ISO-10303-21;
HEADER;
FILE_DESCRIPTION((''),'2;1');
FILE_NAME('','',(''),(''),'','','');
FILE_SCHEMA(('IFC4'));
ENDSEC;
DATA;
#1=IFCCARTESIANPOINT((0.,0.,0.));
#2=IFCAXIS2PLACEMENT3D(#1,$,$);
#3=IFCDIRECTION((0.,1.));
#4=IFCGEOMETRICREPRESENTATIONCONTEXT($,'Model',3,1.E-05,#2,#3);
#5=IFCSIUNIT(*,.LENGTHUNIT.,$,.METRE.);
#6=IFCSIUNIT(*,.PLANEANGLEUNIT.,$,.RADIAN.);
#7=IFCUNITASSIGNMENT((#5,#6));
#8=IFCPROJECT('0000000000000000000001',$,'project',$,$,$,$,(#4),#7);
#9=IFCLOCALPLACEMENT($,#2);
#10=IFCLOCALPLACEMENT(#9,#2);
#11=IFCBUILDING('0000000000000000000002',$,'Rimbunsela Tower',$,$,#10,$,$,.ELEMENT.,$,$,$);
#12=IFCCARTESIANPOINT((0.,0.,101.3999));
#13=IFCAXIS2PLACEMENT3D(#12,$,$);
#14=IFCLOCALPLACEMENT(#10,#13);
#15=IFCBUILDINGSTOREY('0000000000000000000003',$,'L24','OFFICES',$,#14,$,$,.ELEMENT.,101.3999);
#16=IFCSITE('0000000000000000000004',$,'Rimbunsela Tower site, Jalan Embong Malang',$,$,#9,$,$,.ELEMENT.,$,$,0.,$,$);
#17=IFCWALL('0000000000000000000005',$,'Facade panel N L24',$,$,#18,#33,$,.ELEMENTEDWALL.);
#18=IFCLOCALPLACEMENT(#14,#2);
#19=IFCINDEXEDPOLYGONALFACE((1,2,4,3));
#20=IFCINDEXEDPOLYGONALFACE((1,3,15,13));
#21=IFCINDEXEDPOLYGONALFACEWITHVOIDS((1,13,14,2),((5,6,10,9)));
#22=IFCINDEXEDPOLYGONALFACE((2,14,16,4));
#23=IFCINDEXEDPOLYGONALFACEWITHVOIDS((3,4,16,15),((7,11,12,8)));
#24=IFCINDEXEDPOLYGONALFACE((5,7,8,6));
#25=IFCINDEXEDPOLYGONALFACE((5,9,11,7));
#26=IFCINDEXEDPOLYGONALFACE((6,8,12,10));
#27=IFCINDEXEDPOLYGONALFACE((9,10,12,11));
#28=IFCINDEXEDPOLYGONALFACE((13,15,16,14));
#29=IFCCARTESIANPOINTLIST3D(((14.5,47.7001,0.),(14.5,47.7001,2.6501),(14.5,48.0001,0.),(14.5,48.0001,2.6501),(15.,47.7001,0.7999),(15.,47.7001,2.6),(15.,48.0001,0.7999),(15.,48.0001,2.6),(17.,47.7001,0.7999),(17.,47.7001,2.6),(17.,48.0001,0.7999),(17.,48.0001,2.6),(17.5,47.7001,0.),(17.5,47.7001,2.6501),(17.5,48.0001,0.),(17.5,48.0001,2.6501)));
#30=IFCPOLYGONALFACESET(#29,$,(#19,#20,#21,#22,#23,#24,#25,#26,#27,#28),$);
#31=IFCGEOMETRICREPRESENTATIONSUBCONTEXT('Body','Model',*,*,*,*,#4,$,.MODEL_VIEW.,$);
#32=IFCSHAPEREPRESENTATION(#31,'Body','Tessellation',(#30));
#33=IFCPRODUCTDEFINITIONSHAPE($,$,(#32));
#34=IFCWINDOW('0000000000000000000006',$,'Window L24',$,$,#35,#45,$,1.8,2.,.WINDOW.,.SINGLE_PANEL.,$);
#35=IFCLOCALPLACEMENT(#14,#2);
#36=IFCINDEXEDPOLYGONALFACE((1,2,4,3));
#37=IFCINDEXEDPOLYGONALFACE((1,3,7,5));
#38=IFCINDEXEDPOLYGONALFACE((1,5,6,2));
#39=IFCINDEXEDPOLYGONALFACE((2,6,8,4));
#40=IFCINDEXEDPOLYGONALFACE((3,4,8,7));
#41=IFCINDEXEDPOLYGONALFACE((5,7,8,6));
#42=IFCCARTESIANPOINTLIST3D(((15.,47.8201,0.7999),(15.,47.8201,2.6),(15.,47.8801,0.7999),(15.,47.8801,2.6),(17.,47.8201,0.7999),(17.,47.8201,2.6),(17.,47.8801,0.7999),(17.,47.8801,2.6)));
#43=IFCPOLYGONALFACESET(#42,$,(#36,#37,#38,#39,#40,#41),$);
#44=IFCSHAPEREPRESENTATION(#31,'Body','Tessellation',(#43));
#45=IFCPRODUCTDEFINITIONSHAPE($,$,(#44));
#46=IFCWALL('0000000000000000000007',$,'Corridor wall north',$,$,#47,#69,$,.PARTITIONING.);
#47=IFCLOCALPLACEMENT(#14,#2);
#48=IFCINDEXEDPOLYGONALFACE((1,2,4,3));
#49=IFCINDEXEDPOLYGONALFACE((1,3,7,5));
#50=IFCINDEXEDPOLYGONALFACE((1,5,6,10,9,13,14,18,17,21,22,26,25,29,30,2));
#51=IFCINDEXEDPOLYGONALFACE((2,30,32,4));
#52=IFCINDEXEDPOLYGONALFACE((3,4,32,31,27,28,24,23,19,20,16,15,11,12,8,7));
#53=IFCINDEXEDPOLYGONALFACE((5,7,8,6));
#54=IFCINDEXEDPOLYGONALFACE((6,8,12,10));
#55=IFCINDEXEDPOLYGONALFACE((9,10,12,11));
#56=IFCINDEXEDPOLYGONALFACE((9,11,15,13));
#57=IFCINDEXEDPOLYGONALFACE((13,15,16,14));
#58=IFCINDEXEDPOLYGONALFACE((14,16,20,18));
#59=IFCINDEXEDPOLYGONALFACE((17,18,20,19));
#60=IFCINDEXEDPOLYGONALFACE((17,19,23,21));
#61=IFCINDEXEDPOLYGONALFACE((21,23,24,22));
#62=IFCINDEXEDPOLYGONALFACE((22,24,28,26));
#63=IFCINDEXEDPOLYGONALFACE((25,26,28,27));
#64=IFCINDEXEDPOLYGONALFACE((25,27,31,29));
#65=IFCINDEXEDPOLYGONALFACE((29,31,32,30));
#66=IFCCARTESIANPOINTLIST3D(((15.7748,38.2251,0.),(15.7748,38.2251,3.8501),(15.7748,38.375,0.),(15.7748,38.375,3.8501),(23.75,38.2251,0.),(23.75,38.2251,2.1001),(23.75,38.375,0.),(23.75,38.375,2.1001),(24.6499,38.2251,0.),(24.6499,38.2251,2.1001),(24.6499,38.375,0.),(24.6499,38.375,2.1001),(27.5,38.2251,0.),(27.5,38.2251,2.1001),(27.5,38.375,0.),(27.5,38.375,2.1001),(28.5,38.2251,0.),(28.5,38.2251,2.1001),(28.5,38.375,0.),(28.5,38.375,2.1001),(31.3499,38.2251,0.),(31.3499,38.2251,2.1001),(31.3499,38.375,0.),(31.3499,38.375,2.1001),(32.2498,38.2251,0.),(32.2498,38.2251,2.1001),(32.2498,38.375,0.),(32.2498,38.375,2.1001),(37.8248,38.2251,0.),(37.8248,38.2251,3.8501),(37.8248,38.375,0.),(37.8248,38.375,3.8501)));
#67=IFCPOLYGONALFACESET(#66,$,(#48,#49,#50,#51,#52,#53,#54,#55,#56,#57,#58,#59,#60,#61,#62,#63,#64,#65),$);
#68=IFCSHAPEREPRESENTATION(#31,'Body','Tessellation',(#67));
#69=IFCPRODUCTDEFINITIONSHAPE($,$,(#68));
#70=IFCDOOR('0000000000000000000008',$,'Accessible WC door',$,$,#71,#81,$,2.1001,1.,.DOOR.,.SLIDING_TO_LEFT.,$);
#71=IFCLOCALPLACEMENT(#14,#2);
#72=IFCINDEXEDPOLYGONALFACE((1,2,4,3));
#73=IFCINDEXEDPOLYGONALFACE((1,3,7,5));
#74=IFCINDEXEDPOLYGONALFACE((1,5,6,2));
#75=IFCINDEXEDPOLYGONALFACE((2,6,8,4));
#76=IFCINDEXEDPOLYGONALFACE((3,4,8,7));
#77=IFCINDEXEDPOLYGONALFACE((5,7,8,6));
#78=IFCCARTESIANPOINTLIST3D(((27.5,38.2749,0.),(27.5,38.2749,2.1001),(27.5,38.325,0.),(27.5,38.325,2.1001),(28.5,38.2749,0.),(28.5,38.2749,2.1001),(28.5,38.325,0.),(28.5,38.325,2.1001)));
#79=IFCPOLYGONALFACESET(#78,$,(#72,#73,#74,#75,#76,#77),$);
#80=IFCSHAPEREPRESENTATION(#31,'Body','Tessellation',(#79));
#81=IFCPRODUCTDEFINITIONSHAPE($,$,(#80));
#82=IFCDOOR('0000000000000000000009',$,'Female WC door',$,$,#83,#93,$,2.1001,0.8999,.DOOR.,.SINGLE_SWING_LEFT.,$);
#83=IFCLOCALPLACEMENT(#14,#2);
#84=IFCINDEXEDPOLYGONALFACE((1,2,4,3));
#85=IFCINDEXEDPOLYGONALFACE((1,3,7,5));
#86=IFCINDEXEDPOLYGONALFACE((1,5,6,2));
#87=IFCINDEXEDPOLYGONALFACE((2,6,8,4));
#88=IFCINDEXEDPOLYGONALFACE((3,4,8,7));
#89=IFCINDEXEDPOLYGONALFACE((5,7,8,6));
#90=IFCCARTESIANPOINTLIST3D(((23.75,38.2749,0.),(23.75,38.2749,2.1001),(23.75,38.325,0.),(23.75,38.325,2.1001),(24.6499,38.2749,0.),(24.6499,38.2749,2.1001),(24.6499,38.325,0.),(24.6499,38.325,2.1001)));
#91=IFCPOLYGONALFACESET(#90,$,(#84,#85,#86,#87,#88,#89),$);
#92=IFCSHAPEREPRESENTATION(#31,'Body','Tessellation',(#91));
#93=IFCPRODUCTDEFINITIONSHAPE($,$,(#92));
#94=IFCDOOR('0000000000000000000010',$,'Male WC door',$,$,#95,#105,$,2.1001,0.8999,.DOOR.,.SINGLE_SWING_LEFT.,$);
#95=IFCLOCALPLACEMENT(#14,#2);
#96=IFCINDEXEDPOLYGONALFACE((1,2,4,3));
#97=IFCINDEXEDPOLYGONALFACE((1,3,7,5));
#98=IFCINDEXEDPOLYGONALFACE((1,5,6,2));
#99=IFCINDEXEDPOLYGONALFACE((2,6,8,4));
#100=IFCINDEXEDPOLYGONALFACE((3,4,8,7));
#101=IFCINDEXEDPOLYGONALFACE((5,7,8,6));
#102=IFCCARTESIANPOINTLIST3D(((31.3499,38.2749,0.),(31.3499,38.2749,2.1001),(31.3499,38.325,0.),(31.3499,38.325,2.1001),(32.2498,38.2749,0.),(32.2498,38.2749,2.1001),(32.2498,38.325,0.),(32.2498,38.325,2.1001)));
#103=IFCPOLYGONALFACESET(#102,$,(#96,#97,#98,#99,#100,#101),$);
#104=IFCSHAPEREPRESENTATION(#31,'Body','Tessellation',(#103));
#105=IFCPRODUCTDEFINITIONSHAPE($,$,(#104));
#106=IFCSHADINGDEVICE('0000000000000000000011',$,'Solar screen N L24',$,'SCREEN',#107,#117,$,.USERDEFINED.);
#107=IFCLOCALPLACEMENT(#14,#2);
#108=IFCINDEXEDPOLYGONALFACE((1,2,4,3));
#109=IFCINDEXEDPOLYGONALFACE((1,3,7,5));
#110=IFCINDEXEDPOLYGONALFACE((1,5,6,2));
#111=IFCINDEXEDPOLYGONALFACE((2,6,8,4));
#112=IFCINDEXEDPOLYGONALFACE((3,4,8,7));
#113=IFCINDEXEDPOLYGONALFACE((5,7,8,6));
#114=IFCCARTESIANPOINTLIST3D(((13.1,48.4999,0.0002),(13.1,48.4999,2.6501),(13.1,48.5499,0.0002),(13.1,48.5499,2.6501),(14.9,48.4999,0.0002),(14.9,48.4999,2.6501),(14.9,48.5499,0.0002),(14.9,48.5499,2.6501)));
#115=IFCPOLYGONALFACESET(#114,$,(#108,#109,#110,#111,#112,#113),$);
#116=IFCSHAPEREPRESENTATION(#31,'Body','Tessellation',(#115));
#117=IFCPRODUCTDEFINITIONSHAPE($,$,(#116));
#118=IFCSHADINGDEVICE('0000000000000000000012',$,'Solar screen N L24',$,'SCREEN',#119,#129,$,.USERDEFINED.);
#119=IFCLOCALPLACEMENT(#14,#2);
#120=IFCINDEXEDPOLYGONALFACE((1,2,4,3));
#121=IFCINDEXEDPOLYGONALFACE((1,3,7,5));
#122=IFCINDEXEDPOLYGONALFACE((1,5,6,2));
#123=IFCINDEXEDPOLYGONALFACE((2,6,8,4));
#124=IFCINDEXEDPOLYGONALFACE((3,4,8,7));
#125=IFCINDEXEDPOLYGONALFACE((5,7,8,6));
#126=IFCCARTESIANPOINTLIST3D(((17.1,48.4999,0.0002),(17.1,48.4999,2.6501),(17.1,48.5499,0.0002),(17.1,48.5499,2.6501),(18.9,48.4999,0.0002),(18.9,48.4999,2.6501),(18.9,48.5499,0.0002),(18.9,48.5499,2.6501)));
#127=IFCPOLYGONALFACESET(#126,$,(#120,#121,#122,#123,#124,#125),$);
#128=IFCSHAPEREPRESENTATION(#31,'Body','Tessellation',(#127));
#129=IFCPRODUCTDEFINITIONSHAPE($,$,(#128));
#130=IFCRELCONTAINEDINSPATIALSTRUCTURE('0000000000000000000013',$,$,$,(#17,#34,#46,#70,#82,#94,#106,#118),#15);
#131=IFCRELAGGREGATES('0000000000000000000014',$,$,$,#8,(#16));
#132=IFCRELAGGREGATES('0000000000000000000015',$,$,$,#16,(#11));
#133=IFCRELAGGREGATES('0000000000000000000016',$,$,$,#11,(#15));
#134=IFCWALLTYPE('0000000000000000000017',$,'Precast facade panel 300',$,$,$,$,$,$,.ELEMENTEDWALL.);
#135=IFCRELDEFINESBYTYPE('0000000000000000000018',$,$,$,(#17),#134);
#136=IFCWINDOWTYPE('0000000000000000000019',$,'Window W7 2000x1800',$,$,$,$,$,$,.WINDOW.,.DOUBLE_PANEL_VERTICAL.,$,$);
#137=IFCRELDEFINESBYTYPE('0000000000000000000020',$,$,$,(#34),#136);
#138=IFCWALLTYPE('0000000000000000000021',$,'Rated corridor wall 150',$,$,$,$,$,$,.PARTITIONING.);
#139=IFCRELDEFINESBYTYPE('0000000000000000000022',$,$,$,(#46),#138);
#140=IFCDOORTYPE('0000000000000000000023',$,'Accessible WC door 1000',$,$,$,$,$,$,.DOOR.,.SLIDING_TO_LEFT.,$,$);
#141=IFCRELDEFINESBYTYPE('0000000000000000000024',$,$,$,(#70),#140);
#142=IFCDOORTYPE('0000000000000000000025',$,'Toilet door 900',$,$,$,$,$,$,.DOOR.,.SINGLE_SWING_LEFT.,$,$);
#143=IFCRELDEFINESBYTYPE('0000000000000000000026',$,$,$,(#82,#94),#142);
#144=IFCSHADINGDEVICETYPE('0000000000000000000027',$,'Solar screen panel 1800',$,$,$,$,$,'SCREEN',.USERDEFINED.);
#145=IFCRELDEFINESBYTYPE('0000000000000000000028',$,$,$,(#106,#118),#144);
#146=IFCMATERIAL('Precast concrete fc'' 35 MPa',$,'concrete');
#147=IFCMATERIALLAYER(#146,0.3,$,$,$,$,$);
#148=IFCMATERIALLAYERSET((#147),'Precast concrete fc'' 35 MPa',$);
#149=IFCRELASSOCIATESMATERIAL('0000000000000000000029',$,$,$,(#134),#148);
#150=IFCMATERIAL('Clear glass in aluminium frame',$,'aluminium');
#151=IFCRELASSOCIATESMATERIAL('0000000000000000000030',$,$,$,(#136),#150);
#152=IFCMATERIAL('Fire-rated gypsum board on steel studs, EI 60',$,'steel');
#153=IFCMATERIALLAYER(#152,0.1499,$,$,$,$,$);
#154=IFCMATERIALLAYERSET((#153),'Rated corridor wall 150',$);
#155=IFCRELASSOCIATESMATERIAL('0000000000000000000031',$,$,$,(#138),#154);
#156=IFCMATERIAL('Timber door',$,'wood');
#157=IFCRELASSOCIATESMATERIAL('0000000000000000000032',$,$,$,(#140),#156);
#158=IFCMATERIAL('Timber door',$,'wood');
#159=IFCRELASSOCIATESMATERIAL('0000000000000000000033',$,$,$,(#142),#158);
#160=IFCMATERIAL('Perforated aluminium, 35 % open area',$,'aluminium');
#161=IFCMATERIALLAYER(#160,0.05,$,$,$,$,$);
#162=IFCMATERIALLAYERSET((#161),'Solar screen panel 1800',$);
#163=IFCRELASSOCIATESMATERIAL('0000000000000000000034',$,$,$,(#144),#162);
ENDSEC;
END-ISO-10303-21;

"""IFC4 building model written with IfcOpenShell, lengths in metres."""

from ifc_helpers import new_model, si_unit, direction, frame, frame_2d, origin, origin_2d, place, context, subcontext, project, spatial, rectangle, extrude, material, layer, layer_set, type_object, element, fill, save


model = new_model("IFC4")

# Units and contexts
model_context = context("Model", 3, precision=1e-05, world=origin(), true_north=direction((0.0, 1.0)))
body_context = subcontext(model_context, "Body", "Model", "MODEL_VIEW")
ifc_project = project(units=[si_unit("LENGTHUNIT", "METRE"), si_unit("PLANEANGLEUNIT", "RADIAN")], contexts=[model_context])

# Site, building, storey
site_placement = place(None, origin())
site = spatial("IfcSite", under=ifc_project, at=site_placement, Name="Rimbunsela Tower site, Jalan Embong Malang", CompositionType="ELEMENT", RefElevation=0.0)
building_placement = place(site_placement, origin())
building = spatial("IfcBuilding", under=site, at=building_placement, Name="Rimbunsela Tower", CompositionType="ELEMENT")
storey_placement = place(building_placement, frame((0.0, 0.0, 101.3999)))
storey = spatial("IfcBuildingStorey", under=building, at=storey_placement, Name="L24", Description="OFFICES", CompositionType="ELEMENT", Elevation=101.3999)

# Shared definitions
ifc_material_1 = material(Name="Precast concrete fc' 35 MPa", Category="concrete")
ifc_layer_1 = layer(ifc_material_1, 0.3)
ifc_layer_set_1 = layer_set([ifc_layer_1], Name="Precast concrete fc' 35 MPa")
wall_type_1 = type_object("IfcWallType", Name="Precast facade panel 300", PredefinedType="ELEMENTEDWALL", material=ifc_layer_set_1)

# Wall, opening, window
wall_1_placement = place(storey_placement, frame((17.5, 47.8501, 0.0), z_axis=(0.0, 0.0, 1.0), x_axis=(-1.0, 0.0, 0.0)))
wall_1 = element("IfcWall", 1, at=wall_1_placement, inside=storey, type_object=wall_type_1, Name="Facade panel N L24", PredefinedType="ELEMENTEDWALL", context=body_context, shape_type="SweptSolid", body=[
    extrude(rectangle(XDim=3.0, YDim=0.3, at=frame_2d((1.5, 0.0))), origin(), (0.0, 0.0, 1.0), 2.6501),
])
opening_1_placement = place(wall_1_placement, frame((0.5, 0.0, 0.8)))
opening_1 = element("IfcOpeningElement", 2, at=opening_1_placement, cuts=wall_1, PredefinedType="OPENING", context=body_context, shape_type="SweptSolid", body=[
    extrude(rectangle(XDim=2.0, YDim=1.8, at=frame_2d((1.0, 0.8999))), frame((0.0, 0.1599, 0.0), z_axis=(0.0, -1.0, 0.0), x_axis=(1.0, 0.0, 0.0)), (0.0, 0.0, 1.0), 0.3201),
])
ifc_material_2 = material(Name="Clear glass in aluminium frame", Category="aluminium")
window_type = type_object("IfcWindowType", Name="Window W7 2000x1800", PartitioningType="DOUBLE_PANEL_VERTICAL", PredefinedType="WINDOW", material=ifc_material_2)
window_placement = place(opening_1_placement, origin())
window = element("IfcWindow", 3, at=window_placement, inside=storey, type_object=window_type, Name="Window L24", OverallHeight=1.8, OverallWidth=2.0, PartitioningType="SINGLE_PANEL", PredefinedType="WINDOW", context=body_context, shape_type="SweptSolid", body=[
    extrude(rectangle(XDim=2.0, YDim=1.8, at=frame_2d((1.0, 0.8999))), frame((0.0, 0.03, 0.0), z_axis=(0.0, -1.0, 0.0), x_axis=(1.0, 0.0, 0.0)), (0.0, 0.0, 1.0), 0.0601),
])
fill(opening_1, window)

# Wall, openings, doors
ifc_material_3 = material(Name="Fire-rated gypsum board on steel studs, EI 60", Category="steel")
ifc_layer_2 = layer(ifc_material_3, 0.1499)
ifc_layer_set_2 = layer_set([ifc_layer_2], Name="Rated corridor wall 150")
wall_type_2 = type_object("IfcWallType", Name="Rated corridor wall 150", PredefinedType="PARTITIONING", material=ifc_layer_set_2)
wall_2_placement = place(storey_placement, frame((15.7749, 38.3, 0.0), z_axis=(0.0, 0.0, 1.0), x_axis=(1.0, 0.0, 0.0)))
wall_2 = element("IfcWall", 4, at=wall_2_placement, inside=storey, type_object=wall_type_2, Name="Corridor wall north", PredefinedType="PARTITIONING", context=body_context, shape_type="SweptSolid", body=[
    extrude(rectangle(XDim=22.05, YDim=0.1499, at=frame_2d((11.0249, 0.0))), origin(), (0.0, 0.0, 1.0), 3.8501),
])
opening_2_placement = place(wall_2_placement, frame((7.9751, 0.0, 0.0)))
opening_2 = element("IfcOpeningElement", 5, at=opening_2_placement, cuts=wall_2, PredefinedType="OPENING", context=body_context, shape_type="SweptSolid", body=[
    extrude(rectangle(XDim=0.8999, YDim=2.1001, at=frame_2d((0.45, 1.05))), frame((0.0, 0.085, 0.0), z_axis=(0.0, -1.0, 0.0), x_axis=(1.0, 0.0, 0.0)), (0.0, 0.0, 1.0), 0.1699),
])
opening_3_placement = place(wall_2_placement, frame((11.7251, 0.0, 0.0)))
opening_3 = element("IfcOpeningElement", 6, at=opening_3_placement, cuts=wall_2, PredefinedType="OPENING", context=body_context, shape_type="SweptSolid", body=[
    extrude(rectangle(XDim=1.0, YDim=2.1001, at=frame_2d((0.5, 1.05))), frame((0.0, 0.085, 0.0), z_axis=(0.0, -1.0, 0.0), x_axis=(1.0, 0.0, 0.0)), (0.0, 0.0, 1.0), 0.1699),
])
opening_4_placement = place(wall_2_placement, frame((15.575, 0.0, 0.0)))
opening_4 = element("IfcOpeningElement", 7, at=opening_4_placement, cuts=wall_2, PredefinedType="OPENING", context=body_context, shape_type="SweptSolid", body=[
    extrude(rectangle(XDim=0.8999, YDim=2.1001, at=frame_2d((0.45, 1.05))), frame((0.0, 0.085, 0.0), z_axis=(0.0, -1.0, 0.0), x_axis=(1.0, 0.0, 0.0)), (0.0, 0.0, 1.0), 0.1699),
])
ifc_material_4 = material(Name="Timber door", Category="wood")
door_type_1 = type_object("IfcDoorType", Name="Accessible WC door 1000", OperationType="SLIDING_TO_LEFT", PredefinedType="DOOR", material=ifc_material_4)
door_1_placement = place(opening_3_placement, origin())
door_1 = element("IfcDoor", 8, at=door_1_placement, inside=storey, type_object=door_type_1, Name="Accessible WC door", OperationType="SLIDING_TO_LEFT", OverallHeight=2.1001, OverallWidth=1.0, PredefinedType="DOOR", context=body_context, shape_type="SweptSolid", body=[
    extrude(rectangle(XDim=1.0, YDim=2.1001, at=frame_2d((0.5, 1.05))), frame((0.0, 0.0249, 0.0), z_axis=(0.0, -1.0, 0.0), x_axis=(1.0, 0.0, 0.0)), (0.0, 0.0, 1.0), 0.05),
])
fill(opening_3, door_1)
ifc_material_5 = material(Name="Timber door", Category="wood")
door_type_2 = type_object("IfcDoorType", Name="Toilet door 900", OperationType="SINGLE_SWING_LEFT", PredefinedType="DOOR", material=ifc_material_5)
door_2_placement = place(opening_2_placement, origin())
door_2 = element("IfcDoor", 9, at=door_2_placement, inside=storey, type_object=door_type_2, Name="Female WC door", OperationType="SINGLE_SWING_LEFT", OverallHeight=2.1001, OverallWidth=0.8999, PredefinedType="DOOR", context=body_context, shape_type="SweptSolid", body=[
    extrude(rectangle(XDim=0.8999, YDim=2.1001, at=frame_2d((0.45, 1.05))), frame((0.0, 0.0249, 0.0), z_axis=(0.0, -1.0, 0.0), x_axis=(1.0, 0.0, 0.0)), (0.0, 0.0, 1.0), 0.05),
])
fill(opening_2, door_2)
door_3_placement = place(opening_4_placement, origin())
door_3 = element("IfcDoor", 10, at=door_3_placement, inside=storey, type_object=door_type_2, Name="Male WC door", OperationType="SINGLE_SWING_LEFT", OverallHeight=2.1001, OverallWidth=0.8999, PredefinedType="DOOR", context=body_context, shape_type="SweptSolid", body=[
    extrude(rectangle(XDim=0.8999, YDim=2.1001, at=frame_2d((0.45, 1.05))), frame((0.0, 0.0249, 0.0), z_axis=(0.0, -1.0, 0.0), x_axis=(1.0, 0.0, 0.0)), (0.0, 0.0, 1.0), 0.05),
])
fill(opening_4, door_3)

# Shading devices
ifc_material_6 = material(Name="Perforated aluminium, 35 % open area", Category="aluminium")
ifc_layer_3 = layer(ifc_material_6, 0.05)
ifc_layer_set_3 = layer_set([ifc_layer_3], Name="Solar screen panel 1800")
shading_device_type = type_object("IfcShadingDeviceType", Name="Solar screen panel 1800", ElementType="SCREEN", PredefinedType="USERDEFINED", material=ifc_layer_set_3)
for number, where, z_axis, x_axis, name in (
    (11, (14.0, 48.5249, 0.0002), (0.0, 0.0, 1.0), (1.0, 0.0, 0.0), "Solar screen N L24"),
    (12, (18.0, 48.5249, 0.0002), (0.0, 0.0, 1.0), (1.0, 0.0, 0.0), "Solar screen N L24"),
):
    element("IfcShadingDevice", number, at=place(storey_placement, frame(where, z_axis=z_axis, x_axis=x_axis)), inside=storey, type_object=shading_device_type, Name=name, ObjectType="SCREEN", PredefinedType="USERDEFINED", context=body_context, shape_type="SweptSolid", body=[
        extrude(rectangle(XDim=1.8, YDim=0.05, at=origin_2d()), origin(), (0.0, 0.0, 1.0), 2.6499),
    ])

save(model, "model.ifc")
